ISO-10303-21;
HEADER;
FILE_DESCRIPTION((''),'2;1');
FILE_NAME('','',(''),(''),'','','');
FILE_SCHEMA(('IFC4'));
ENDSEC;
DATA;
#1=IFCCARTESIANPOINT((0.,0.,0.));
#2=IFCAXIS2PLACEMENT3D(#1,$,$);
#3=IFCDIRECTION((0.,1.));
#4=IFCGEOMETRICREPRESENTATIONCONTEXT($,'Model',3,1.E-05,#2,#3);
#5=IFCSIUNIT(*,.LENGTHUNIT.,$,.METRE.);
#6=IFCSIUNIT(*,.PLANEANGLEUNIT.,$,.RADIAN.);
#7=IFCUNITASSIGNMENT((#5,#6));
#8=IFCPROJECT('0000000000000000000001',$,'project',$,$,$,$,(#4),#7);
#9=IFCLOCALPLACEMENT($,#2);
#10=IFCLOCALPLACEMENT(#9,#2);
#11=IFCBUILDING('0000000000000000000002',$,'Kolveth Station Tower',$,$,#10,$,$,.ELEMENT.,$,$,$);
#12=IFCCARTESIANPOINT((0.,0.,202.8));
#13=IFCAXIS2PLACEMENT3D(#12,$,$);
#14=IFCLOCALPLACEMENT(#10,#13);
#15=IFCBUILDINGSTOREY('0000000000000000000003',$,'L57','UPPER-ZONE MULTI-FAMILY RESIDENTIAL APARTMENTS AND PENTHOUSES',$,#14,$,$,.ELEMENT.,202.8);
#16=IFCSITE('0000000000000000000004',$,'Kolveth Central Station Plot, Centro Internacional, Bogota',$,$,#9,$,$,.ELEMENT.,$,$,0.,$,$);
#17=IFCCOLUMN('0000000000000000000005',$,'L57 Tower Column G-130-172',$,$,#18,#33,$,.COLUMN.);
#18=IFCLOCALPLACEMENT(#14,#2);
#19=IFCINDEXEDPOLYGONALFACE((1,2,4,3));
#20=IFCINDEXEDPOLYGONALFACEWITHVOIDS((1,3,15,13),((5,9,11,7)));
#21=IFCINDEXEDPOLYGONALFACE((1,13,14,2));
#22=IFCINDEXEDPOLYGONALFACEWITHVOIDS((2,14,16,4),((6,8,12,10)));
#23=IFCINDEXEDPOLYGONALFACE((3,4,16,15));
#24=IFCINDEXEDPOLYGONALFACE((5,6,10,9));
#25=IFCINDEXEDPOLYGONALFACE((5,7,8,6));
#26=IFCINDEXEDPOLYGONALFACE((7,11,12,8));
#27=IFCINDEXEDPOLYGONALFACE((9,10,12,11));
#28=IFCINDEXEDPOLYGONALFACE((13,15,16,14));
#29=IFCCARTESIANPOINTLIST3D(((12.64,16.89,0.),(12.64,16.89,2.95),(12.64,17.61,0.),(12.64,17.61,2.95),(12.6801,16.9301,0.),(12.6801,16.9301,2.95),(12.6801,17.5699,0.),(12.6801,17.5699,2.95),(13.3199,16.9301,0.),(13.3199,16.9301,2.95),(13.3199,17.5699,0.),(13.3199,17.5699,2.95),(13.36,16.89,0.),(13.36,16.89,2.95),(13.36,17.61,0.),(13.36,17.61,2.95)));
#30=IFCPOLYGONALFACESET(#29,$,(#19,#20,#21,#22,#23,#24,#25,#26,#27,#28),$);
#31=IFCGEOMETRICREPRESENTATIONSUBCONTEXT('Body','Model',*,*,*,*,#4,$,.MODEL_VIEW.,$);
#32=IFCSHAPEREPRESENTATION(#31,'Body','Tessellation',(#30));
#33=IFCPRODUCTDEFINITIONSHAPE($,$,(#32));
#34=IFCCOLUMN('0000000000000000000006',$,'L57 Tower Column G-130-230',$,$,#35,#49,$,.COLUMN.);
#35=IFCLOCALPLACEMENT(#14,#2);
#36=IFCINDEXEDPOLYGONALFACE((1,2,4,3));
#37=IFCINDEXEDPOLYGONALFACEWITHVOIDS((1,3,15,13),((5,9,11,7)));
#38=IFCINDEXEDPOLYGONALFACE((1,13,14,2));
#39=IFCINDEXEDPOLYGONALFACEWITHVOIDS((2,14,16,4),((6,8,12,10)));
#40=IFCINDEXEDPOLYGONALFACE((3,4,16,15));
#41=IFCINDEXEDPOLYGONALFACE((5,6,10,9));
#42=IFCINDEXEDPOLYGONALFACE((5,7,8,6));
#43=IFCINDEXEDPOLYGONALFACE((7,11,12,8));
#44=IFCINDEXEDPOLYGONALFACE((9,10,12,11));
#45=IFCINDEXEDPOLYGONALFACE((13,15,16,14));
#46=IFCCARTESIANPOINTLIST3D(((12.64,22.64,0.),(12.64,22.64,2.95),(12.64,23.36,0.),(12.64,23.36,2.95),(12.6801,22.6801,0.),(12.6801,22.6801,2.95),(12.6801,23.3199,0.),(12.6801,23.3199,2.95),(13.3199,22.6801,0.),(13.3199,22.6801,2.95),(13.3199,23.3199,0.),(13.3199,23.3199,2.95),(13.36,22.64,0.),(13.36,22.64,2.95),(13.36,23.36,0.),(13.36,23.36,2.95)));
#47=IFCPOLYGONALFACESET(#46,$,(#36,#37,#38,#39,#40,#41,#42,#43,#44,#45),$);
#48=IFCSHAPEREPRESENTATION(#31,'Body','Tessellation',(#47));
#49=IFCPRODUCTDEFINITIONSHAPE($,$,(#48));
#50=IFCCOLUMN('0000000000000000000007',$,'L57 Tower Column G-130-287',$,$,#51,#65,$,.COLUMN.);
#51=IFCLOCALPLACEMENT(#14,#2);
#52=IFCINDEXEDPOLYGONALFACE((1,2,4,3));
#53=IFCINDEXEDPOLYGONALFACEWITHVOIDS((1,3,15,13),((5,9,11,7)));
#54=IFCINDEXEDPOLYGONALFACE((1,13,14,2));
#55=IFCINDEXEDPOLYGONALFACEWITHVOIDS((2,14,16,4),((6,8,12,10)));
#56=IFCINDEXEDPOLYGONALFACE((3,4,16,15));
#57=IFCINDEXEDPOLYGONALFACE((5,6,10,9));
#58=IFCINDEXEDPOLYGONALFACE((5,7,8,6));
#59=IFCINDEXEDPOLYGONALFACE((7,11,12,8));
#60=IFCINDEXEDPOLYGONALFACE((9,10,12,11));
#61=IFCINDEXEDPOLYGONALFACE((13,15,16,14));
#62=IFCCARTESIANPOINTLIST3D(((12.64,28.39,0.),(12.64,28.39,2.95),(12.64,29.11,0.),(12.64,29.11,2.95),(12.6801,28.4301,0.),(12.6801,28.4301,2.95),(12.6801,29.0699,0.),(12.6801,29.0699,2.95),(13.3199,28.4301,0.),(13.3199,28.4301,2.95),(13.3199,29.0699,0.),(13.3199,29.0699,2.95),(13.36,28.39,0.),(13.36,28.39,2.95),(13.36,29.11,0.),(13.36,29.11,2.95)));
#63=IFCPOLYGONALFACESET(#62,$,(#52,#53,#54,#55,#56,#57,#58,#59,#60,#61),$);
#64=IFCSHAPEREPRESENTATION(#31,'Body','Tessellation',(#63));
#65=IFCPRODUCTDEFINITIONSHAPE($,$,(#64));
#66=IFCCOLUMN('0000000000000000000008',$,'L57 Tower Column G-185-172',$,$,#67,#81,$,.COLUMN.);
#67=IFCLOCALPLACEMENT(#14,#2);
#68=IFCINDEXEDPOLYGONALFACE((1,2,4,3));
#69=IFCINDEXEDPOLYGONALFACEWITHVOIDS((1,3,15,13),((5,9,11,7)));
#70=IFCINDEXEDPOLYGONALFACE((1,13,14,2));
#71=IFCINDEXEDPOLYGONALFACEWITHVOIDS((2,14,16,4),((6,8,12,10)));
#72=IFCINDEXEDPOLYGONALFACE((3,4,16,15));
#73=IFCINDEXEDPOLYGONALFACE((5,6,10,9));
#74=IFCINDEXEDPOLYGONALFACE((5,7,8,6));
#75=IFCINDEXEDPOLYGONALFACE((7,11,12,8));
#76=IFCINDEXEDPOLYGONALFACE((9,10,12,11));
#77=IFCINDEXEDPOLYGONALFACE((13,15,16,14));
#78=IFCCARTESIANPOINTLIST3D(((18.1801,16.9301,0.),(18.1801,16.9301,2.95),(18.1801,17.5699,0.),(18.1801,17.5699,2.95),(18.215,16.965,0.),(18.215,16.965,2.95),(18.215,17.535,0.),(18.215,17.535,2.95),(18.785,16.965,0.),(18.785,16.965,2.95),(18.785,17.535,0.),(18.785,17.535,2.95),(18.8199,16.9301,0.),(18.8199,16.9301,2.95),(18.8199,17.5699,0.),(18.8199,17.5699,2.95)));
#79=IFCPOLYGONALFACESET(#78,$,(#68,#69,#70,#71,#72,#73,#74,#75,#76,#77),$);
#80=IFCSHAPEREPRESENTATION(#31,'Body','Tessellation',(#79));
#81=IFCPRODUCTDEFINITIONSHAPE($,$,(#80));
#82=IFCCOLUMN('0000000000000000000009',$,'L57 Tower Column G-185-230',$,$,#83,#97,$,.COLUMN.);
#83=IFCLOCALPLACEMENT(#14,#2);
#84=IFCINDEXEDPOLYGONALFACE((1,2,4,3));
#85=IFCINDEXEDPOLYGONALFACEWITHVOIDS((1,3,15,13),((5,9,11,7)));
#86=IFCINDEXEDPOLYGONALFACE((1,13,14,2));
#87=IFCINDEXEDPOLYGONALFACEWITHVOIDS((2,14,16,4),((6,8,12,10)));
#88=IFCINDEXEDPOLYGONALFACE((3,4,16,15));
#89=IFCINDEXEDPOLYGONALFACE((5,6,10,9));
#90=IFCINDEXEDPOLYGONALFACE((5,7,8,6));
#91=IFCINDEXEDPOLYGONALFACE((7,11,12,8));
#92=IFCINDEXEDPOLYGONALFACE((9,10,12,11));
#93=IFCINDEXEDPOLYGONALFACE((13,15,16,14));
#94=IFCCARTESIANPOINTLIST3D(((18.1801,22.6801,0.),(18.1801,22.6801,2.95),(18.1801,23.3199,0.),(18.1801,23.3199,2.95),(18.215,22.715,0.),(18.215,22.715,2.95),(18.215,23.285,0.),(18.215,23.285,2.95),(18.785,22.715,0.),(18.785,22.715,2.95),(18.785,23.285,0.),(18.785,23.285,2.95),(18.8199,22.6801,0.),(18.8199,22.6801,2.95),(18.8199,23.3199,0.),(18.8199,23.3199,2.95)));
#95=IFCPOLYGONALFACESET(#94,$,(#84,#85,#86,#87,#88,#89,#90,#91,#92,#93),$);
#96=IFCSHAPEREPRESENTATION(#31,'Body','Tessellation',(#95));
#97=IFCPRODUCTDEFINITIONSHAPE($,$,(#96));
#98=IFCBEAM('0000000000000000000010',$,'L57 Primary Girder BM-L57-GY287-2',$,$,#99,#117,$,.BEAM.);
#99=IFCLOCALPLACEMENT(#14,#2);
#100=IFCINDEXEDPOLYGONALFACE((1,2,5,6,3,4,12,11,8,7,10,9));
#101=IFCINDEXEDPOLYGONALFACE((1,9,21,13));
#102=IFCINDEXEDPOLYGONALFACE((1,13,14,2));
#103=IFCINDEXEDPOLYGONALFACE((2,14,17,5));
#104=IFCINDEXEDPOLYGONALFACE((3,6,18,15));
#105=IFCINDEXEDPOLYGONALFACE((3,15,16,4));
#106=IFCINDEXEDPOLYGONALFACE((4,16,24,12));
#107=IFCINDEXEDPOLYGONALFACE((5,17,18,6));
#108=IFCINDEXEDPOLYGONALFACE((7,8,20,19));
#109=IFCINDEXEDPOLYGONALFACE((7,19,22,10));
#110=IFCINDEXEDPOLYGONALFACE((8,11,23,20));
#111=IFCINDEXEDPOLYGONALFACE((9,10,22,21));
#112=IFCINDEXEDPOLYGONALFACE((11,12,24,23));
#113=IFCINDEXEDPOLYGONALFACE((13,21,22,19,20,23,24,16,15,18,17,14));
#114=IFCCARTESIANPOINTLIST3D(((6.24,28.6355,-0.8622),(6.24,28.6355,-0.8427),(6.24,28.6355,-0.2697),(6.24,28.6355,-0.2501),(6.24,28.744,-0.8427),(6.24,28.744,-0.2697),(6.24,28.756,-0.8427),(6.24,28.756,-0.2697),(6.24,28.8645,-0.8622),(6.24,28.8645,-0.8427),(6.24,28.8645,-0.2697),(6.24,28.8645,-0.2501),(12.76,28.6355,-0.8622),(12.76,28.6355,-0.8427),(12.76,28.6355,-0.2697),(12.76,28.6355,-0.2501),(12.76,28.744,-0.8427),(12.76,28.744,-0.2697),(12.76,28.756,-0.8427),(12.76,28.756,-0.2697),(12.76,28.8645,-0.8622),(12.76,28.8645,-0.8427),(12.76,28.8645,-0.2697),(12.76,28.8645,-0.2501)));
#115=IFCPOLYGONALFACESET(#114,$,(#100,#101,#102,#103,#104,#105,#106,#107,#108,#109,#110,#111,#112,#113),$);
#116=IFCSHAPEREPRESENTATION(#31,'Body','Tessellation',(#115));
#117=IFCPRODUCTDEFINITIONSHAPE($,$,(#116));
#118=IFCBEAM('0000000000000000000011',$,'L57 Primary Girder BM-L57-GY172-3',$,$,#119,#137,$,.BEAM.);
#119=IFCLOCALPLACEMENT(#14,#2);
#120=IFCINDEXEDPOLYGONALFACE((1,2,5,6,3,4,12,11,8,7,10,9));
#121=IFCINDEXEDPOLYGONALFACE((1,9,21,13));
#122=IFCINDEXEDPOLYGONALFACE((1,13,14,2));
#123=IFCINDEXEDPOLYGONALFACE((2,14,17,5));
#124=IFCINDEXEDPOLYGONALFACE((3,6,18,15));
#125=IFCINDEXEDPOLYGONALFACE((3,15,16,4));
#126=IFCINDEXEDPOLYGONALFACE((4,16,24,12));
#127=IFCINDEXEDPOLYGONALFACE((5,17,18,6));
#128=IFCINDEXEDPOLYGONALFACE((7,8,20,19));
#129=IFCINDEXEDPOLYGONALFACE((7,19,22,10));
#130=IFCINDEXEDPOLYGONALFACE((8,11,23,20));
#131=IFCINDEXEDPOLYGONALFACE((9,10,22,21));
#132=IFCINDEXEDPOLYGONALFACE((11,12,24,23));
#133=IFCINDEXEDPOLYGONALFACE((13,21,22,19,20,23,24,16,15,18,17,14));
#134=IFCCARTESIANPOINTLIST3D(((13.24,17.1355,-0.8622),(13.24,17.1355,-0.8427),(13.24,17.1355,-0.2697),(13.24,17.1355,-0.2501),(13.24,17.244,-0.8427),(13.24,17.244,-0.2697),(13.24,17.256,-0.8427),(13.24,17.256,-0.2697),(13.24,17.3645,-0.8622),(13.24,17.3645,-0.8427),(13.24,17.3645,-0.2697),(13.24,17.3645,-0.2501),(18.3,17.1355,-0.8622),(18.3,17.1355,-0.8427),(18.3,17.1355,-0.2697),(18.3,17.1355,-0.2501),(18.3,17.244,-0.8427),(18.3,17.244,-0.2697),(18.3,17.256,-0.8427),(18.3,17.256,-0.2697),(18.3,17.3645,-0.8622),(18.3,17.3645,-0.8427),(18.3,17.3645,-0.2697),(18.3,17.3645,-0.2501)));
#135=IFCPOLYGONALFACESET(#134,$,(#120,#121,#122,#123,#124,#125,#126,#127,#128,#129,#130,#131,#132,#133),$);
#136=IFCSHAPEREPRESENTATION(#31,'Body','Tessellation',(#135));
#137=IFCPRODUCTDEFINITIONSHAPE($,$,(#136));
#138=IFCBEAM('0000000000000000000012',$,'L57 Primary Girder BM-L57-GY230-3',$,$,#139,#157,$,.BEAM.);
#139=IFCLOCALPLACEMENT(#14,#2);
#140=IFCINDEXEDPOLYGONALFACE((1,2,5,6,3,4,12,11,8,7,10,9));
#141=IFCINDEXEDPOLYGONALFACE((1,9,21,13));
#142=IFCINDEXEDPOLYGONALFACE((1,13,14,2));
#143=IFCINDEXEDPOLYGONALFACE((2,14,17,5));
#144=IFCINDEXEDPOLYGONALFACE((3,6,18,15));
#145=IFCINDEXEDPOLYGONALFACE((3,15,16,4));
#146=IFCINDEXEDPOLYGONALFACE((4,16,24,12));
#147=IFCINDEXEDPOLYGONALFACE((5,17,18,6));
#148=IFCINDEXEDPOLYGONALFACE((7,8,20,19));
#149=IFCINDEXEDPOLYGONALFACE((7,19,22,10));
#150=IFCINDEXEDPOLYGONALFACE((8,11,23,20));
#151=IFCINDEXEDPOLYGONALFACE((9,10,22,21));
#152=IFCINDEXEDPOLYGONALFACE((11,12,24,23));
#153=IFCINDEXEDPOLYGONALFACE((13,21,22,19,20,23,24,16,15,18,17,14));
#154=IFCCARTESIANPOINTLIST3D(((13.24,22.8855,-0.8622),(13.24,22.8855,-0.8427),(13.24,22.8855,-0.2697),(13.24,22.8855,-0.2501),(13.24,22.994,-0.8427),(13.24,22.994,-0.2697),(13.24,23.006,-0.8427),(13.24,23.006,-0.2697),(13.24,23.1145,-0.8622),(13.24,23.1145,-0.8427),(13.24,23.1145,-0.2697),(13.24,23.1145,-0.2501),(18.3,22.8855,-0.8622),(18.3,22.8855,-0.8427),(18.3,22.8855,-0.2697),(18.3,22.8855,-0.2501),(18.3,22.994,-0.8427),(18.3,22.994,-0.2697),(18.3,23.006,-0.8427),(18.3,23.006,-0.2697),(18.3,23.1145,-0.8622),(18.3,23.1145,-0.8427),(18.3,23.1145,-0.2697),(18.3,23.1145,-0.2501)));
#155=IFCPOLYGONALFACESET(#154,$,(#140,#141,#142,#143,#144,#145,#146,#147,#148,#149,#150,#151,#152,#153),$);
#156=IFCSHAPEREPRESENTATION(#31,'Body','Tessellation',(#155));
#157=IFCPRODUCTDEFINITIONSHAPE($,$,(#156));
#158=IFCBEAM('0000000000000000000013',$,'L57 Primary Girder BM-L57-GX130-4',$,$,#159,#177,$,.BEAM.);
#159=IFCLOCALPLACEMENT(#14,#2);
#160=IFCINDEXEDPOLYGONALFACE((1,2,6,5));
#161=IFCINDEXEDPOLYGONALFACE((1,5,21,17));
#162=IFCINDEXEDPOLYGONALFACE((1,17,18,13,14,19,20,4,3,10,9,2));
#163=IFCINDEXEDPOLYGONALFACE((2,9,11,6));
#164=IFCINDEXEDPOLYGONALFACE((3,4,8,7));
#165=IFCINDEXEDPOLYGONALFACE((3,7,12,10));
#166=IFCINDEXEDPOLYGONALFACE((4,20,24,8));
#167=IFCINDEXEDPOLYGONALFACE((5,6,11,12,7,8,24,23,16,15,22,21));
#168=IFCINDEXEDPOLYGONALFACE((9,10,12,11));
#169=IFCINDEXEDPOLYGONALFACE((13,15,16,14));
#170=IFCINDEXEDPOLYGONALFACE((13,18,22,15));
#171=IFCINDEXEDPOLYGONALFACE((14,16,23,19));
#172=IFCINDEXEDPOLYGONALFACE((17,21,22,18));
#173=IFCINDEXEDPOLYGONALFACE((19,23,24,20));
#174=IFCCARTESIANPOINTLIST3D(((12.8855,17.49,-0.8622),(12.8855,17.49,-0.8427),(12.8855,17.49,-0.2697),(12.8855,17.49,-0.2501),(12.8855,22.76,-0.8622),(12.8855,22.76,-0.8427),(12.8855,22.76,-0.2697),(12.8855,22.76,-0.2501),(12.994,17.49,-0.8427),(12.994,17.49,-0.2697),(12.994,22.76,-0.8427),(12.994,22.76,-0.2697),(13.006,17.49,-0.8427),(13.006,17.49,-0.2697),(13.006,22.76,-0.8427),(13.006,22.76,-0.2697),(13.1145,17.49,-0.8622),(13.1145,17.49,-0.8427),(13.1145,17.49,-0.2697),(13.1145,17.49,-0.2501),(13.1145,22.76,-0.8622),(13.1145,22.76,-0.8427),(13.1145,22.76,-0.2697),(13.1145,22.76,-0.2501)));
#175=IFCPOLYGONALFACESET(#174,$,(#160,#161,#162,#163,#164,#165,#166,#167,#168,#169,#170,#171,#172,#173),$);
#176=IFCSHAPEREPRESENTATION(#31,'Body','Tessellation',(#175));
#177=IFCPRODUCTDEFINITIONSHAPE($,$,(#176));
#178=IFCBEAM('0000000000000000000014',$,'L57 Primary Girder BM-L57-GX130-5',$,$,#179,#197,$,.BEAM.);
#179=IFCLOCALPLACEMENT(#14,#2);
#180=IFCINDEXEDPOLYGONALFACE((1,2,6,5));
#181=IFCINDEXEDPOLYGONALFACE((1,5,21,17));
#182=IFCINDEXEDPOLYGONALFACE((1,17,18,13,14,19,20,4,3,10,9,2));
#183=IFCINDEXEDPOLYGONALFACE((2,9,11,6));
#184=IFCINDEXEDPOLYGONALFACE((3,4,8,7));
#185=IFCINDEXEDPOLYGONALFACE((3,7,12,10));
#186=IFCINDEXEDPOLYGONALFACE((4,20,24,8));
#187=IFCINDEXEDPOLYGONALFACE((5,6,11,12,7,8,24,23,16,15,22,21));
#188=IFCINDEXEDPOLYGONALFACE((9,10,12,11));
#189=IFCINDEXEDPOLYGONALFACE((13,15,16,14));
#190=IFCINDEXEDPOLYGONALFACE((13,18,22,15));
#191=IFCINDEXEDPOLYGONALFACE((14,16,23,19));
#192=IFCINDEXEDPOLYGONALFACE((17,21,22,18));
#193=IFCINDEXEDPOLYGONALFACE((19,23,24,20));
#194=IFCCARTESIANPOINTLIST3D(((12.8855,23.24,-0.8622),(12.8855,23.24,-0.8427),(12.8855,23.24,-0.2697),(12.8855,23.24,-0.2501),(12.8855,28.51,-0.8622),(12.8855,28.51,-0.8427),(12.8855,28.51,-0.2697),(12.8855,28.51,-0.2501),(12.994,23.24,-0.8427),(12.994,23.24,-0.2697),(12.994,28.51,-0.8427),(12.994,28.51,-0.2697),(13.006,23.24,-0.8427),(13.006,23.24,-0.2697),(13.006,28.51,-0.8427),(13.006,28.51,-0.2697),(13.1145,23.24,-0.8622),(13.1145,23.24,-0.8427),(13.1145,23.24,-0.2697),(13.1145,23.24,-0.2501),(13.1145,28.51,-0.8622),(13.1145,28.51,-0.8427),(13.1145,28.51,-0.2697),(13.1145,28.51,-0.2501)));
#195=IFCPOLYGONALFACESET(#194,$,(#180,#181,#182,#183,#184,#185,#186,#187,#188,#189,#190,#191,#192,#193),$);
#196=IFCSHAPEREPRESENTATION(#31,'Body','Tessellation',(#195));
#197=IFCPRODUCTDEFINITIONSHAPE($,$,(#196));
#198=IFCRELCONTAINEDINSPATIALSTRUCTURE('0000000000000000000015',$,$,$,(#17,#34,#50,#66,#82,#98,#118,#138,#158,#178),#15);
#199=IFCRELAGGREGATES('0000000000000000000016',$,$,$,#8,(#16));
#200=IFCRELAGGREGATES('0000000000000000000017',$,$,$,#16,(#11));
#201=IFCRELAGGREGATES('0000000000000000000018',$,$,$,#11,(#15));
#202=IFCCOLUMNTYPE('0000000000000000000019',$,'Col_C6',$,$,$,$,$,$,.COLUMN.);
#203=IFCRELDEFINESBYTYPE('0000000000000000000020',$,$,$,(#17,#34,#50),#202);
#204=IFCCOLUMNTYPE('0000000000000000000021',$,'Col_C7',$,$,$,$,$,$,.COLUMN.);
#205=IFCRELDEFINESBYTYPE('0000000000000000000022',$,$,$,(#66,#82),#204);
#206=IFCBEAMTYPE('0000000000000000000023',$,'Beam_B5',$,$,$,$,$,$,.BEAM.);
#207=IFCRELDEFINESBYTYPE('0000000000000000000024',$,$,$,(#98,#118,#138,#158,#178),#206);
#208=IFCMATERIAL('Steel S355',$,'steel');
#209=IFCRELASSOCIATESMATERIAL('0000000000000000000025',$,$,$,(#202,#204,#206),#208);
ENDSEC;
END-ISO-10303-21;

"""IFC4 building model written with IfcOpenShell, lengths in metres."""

from ifc_helpers import new_model, si_unit, direction, frame, origin, origin_2d, place, context, subcontext, project, spatial, hollow_rectangle, i_section, extrude, source, transform, mapped, material, material_profile, profile_set, type_object, element, save


model = new_model("IFC4")

# Units and contexts
model_context = context("Model", 3, precision=1e-05, world=origin(), true_north=direction((0.0, 1.0)))
body_context = subcontext(model_context, "Body", "Model", "MODEL_VIEW")
ifc_project = project(units=[si_unit("LENGTHUNIT", "METRE"), si_unit("PLANEANGLEUNIT", "RADIAN")], contexts=[model_context])

# Site, building, storey
site_placement = place(None, origin())
site = spatial("IfcSite", under=ifc_project, at=site_placement, Name="Kolveth Central Station Plot, Centro Internacional, Bogota", CompositionType="ELEMENT", RefElevation=0.0)
building_placement = place(site_placement, origin())
building = spatial("IfcBuilding", under=site, at=building_placement, Name="Kolveth Station Tower", CompositionType="ELEMENT")
storey_placement = place(building_placement, frame((0.0, 0.0, 202.8)))
storey = spatial("IfcBuildingStorey", under=building, at=storey_placement, Name="L57", Description="UPPER-ZONE MULTI-FAMILY RESIDENTIAL APARTMENTS AND PENTHOUSES", CompositionType="ELEMENT", Elevation=202.8)

# Columns
ifc_material_1 = material(Name="Steel S355", Category="steel")
ifc_material_profile_1 = material_profile(ifc_material_1, hollow_rectangle(XDim=0.72, YDim=0.72, WallThickness=0.04, at=origin_2d()), Name="BOX720x720x40")
ifc_profile_set_1 = profile_set([ifc_material_profile_1], Name="Steel S355")
column_type_1 = type_object("IfcColumnType", Name="Col_C6", PredefinedType="COLUMN", material=ifc_profile_set_1)
shared_shape_1 = source(origin(), body_context, "Body", "SweptSolid", [
    extrude(hollow_rectangle(XDim=0.72, YDim=0.72, WallThickness=0.04, at=origin_2d()), origin(), (0.0, 0.0, 1.0), 2.95),
])
for number, where, z_axis, x_axis, name in (
    (1, (13.0, 17.25, 0.0), (0.0, 0.0, 1.0), (1.0, 0.0, 0.0), "L57 Tower Column G-130-172"),
    (2, (13.0, 23.0, 0.0), (0.0, 0.0, 1.0), (1.0, 0.0, 0.0), "L57 Tower Column G-130-230"),
    (3, (13.0, 28.75, 0.0), (0.0, 0.0, 1.0), (1.0, 0.0, 0.0), "L57 Tower Column G-130-287"),
):
    element("IfcColumn", number, at=place(storey_placement, frame(where, z_axis=z_axis, x_axis=x_axis)), inside=storey, type_object=column_type_1, Name=name, PredefinedType="COLUMN", context=body_context, shape_type="MappedRepresentation", body=[
        mapped(shared_shape_1, transform((0.0, 0.0, 0.0), x_axis=(1.0, 0.0, 0.0), y_axis=(0.0, 1.0, 0.0), z_axis=(0.0, 0.0, 1.0), scale=1.0)),
    ])
ifc_material_profile_2 = material_profile(ifc_material_1, hollow_rectangle(XDim=0.6399, YDim=0.6399, WallThickness=0.0349, at=origin_2d()), Name="BOX640x640x35")
ifc_profile_set_2 = profile_set([ifc_material_profile_2], Name="Steel S355")
column_type_2 = type_object("IfcColumnType", Name="Col_C7", PredefinedType="COLUMN", material=ifc_profile_set_2)
shared_shape_2 = source(origin(), body_context, "Body", "SweptSolid", [
    extrude(hollow_rectangle(XDim=0.6399, YDim=0.6399, WallThickness=0.0349, at=origin_2d()), origin(), (0.0, 0.0, 1.0), 2.95),
])
for number, where, z_axis, x_axis, name in (
    (4, (18.5, 17.25, 0.0), (0.0, 0.0, 1.0), (1.0, 0.0, 0.0), "L57 Tower Column G-185-172"),
    (5, (18.5, 23.0, 0.0), (0.0, 0.0, 1.0), (1.0, 0.0, 0.0), "L57 Tower Column G-185-230"),
):
    element("IfcColumn", number, at=place(storey_placement, frame(where, z_axis=z_axis, x_axis=x_axis)), inside=storey, type_object=column_type_2, Name=name, PredefinedType="COLUMN", context=body_context, shape_type="MappedRepresentation", body=[
        mapped(shared_shape_2, transform((0.0, 0.0, 0.0), x_axis=(1.0, 0.0, 0.0), y_axis=(0.0, 1.0, 0.0), z_axis=(0.0, 0.0, 1.0), scale=1.0)),
    ])

# Beams
ifc_material_profile_3 = material_profile(ifc_material_1, i_section(OverallWidth=0.229, OverallDepth=0.6121, WebThickness=0.012, FlangeThickness=0.0195, at=origin_2d()), Name="W610x125")
ifc_profile_set_3 = profile_set([ifc_material_profile_3], Name="Steel S355")
beam_type_1 = type_object("IfcBeamType", Name="Beam_B5", PredefinedType="BEAM", material=ifc_profile_set_3)
shared_shape_3 = source(origin(), body_context, "Body", "SweptSolid", [
    extrude(i_section(OverallWidth=0.229, OverallDepth=0.6121, WebThickness=0.012, FlangeThickness=0.0195, at=origin_2d()), origin(), (0.0, 0.0, 1.0), 6.52),
])
beam_placement = place(storey_placement, frame((6.24, 28.75, -0.5562), z_axis=(1.0, 0.0, 0.0), x_axis=(0.0, 1.0, 0.0)))
element("IfcBeam", 6, at=beam_placement, inside=storey, type_object=beam_type_1, Name="L57 Primary Girder BM-L57-GY287-2", PredefinedType="BEAM", context=body_context, shape_type="MappedRepresentation", body=[
    mapped(shared_shape_3, transform((0.0, 0.0, 0.0), x_axis=(1.0, 0.0, 0.0), y_axis=(0.0, 1.0, 0.0), z_axis=(0.0, 0.0, 1.0), scale=1.0)),
])
shared_shape_4 = source(origin(), body_context, "Body", "SweptSolid", [
    extrude(i_section(OverallWidth=0.229, OverallDepth=0.6121, WebThickness=0.012, FlangeThickness=0.0195, at=origin_2d()), origin(), (0.0, 0.0, 1.0), 5.0601),
])
for number, where, z_axis, x_axis, name in (
    (7, (13.24, 17.25, -0.5562), (1.0, 0.0, 0.0), (0.0, 1.0, 0.0), "L57 Primary Girder BM-L57-GY172-3"),
    (8, (13.24, 23.0, -0.5562), (1.0, 0.0, 0.0), (0.0, 1.0, 0.0), "L57 Primary Girder BM-L57-GY230-3"),
):
    element("IfcBeam", number, at=place(storey_placement, frame(where, z_axis=z_axis, x_axis=x_axis)), inside=storey, type_object=beam_type_1, Name=name, PredefinedType="BEAM", context=body_context, shape_type="MappedRepresentation", body=[
        mapped(shared_shape_4, transform((0.0, 0.0, 0.0), x_axis=(1.0, 0.0, 0.0), y_axis=(0.0, 1.0, 0.0), z_axis=(0.0, 0.0, 1.0), scale=1.0)),
    ])
shared_shape_5 = source(origin(), body_context, "Body", "SweptSolid", [
    extrude(i_section(OverallWidth=0.229, OverallDepth=0.6121, WebThickness=0.012, FlangeThickness=0.0195, at=origin_2d()), origin(), (0.0, 0.0, 1.0), 5.27),
])
for number, where, z_axis, x_axis, name in (
    (9, (13.0, 17.49, -0.5562), (0.0, 1.0, 0.0), (-1.0, 0.0, 0.0), "L57 Primary Girder BM-L57-GX130-4"),
    (10, (13.0, 23.24, -0.5562), (0.0, 1.0, 0.0), (-1.0, 0.0, 0.0), "L57 Primary Girder BM-L57-GX130-5"),
):
    element("IfcBeam", number, at=place(storey_placement, frame(where, z_axis=z_axis, x_axis=x_axis)), inside=storey, type_object=beam_type_1, Name=name, PredefinedType="BEAM", context=body_context, shape_type="MappedRepresentation", body=[
        mapped(shared_shape_5, transform((0.0, 0.0, 0.0), x_axis=(1.0, 0.0, 0.0), y_axis=(0.0, 1.0, 0.0), z_axis=(0.0, 0.0, 1.0), scale=1.0)),
    ])

save(model, "model.ifc")
